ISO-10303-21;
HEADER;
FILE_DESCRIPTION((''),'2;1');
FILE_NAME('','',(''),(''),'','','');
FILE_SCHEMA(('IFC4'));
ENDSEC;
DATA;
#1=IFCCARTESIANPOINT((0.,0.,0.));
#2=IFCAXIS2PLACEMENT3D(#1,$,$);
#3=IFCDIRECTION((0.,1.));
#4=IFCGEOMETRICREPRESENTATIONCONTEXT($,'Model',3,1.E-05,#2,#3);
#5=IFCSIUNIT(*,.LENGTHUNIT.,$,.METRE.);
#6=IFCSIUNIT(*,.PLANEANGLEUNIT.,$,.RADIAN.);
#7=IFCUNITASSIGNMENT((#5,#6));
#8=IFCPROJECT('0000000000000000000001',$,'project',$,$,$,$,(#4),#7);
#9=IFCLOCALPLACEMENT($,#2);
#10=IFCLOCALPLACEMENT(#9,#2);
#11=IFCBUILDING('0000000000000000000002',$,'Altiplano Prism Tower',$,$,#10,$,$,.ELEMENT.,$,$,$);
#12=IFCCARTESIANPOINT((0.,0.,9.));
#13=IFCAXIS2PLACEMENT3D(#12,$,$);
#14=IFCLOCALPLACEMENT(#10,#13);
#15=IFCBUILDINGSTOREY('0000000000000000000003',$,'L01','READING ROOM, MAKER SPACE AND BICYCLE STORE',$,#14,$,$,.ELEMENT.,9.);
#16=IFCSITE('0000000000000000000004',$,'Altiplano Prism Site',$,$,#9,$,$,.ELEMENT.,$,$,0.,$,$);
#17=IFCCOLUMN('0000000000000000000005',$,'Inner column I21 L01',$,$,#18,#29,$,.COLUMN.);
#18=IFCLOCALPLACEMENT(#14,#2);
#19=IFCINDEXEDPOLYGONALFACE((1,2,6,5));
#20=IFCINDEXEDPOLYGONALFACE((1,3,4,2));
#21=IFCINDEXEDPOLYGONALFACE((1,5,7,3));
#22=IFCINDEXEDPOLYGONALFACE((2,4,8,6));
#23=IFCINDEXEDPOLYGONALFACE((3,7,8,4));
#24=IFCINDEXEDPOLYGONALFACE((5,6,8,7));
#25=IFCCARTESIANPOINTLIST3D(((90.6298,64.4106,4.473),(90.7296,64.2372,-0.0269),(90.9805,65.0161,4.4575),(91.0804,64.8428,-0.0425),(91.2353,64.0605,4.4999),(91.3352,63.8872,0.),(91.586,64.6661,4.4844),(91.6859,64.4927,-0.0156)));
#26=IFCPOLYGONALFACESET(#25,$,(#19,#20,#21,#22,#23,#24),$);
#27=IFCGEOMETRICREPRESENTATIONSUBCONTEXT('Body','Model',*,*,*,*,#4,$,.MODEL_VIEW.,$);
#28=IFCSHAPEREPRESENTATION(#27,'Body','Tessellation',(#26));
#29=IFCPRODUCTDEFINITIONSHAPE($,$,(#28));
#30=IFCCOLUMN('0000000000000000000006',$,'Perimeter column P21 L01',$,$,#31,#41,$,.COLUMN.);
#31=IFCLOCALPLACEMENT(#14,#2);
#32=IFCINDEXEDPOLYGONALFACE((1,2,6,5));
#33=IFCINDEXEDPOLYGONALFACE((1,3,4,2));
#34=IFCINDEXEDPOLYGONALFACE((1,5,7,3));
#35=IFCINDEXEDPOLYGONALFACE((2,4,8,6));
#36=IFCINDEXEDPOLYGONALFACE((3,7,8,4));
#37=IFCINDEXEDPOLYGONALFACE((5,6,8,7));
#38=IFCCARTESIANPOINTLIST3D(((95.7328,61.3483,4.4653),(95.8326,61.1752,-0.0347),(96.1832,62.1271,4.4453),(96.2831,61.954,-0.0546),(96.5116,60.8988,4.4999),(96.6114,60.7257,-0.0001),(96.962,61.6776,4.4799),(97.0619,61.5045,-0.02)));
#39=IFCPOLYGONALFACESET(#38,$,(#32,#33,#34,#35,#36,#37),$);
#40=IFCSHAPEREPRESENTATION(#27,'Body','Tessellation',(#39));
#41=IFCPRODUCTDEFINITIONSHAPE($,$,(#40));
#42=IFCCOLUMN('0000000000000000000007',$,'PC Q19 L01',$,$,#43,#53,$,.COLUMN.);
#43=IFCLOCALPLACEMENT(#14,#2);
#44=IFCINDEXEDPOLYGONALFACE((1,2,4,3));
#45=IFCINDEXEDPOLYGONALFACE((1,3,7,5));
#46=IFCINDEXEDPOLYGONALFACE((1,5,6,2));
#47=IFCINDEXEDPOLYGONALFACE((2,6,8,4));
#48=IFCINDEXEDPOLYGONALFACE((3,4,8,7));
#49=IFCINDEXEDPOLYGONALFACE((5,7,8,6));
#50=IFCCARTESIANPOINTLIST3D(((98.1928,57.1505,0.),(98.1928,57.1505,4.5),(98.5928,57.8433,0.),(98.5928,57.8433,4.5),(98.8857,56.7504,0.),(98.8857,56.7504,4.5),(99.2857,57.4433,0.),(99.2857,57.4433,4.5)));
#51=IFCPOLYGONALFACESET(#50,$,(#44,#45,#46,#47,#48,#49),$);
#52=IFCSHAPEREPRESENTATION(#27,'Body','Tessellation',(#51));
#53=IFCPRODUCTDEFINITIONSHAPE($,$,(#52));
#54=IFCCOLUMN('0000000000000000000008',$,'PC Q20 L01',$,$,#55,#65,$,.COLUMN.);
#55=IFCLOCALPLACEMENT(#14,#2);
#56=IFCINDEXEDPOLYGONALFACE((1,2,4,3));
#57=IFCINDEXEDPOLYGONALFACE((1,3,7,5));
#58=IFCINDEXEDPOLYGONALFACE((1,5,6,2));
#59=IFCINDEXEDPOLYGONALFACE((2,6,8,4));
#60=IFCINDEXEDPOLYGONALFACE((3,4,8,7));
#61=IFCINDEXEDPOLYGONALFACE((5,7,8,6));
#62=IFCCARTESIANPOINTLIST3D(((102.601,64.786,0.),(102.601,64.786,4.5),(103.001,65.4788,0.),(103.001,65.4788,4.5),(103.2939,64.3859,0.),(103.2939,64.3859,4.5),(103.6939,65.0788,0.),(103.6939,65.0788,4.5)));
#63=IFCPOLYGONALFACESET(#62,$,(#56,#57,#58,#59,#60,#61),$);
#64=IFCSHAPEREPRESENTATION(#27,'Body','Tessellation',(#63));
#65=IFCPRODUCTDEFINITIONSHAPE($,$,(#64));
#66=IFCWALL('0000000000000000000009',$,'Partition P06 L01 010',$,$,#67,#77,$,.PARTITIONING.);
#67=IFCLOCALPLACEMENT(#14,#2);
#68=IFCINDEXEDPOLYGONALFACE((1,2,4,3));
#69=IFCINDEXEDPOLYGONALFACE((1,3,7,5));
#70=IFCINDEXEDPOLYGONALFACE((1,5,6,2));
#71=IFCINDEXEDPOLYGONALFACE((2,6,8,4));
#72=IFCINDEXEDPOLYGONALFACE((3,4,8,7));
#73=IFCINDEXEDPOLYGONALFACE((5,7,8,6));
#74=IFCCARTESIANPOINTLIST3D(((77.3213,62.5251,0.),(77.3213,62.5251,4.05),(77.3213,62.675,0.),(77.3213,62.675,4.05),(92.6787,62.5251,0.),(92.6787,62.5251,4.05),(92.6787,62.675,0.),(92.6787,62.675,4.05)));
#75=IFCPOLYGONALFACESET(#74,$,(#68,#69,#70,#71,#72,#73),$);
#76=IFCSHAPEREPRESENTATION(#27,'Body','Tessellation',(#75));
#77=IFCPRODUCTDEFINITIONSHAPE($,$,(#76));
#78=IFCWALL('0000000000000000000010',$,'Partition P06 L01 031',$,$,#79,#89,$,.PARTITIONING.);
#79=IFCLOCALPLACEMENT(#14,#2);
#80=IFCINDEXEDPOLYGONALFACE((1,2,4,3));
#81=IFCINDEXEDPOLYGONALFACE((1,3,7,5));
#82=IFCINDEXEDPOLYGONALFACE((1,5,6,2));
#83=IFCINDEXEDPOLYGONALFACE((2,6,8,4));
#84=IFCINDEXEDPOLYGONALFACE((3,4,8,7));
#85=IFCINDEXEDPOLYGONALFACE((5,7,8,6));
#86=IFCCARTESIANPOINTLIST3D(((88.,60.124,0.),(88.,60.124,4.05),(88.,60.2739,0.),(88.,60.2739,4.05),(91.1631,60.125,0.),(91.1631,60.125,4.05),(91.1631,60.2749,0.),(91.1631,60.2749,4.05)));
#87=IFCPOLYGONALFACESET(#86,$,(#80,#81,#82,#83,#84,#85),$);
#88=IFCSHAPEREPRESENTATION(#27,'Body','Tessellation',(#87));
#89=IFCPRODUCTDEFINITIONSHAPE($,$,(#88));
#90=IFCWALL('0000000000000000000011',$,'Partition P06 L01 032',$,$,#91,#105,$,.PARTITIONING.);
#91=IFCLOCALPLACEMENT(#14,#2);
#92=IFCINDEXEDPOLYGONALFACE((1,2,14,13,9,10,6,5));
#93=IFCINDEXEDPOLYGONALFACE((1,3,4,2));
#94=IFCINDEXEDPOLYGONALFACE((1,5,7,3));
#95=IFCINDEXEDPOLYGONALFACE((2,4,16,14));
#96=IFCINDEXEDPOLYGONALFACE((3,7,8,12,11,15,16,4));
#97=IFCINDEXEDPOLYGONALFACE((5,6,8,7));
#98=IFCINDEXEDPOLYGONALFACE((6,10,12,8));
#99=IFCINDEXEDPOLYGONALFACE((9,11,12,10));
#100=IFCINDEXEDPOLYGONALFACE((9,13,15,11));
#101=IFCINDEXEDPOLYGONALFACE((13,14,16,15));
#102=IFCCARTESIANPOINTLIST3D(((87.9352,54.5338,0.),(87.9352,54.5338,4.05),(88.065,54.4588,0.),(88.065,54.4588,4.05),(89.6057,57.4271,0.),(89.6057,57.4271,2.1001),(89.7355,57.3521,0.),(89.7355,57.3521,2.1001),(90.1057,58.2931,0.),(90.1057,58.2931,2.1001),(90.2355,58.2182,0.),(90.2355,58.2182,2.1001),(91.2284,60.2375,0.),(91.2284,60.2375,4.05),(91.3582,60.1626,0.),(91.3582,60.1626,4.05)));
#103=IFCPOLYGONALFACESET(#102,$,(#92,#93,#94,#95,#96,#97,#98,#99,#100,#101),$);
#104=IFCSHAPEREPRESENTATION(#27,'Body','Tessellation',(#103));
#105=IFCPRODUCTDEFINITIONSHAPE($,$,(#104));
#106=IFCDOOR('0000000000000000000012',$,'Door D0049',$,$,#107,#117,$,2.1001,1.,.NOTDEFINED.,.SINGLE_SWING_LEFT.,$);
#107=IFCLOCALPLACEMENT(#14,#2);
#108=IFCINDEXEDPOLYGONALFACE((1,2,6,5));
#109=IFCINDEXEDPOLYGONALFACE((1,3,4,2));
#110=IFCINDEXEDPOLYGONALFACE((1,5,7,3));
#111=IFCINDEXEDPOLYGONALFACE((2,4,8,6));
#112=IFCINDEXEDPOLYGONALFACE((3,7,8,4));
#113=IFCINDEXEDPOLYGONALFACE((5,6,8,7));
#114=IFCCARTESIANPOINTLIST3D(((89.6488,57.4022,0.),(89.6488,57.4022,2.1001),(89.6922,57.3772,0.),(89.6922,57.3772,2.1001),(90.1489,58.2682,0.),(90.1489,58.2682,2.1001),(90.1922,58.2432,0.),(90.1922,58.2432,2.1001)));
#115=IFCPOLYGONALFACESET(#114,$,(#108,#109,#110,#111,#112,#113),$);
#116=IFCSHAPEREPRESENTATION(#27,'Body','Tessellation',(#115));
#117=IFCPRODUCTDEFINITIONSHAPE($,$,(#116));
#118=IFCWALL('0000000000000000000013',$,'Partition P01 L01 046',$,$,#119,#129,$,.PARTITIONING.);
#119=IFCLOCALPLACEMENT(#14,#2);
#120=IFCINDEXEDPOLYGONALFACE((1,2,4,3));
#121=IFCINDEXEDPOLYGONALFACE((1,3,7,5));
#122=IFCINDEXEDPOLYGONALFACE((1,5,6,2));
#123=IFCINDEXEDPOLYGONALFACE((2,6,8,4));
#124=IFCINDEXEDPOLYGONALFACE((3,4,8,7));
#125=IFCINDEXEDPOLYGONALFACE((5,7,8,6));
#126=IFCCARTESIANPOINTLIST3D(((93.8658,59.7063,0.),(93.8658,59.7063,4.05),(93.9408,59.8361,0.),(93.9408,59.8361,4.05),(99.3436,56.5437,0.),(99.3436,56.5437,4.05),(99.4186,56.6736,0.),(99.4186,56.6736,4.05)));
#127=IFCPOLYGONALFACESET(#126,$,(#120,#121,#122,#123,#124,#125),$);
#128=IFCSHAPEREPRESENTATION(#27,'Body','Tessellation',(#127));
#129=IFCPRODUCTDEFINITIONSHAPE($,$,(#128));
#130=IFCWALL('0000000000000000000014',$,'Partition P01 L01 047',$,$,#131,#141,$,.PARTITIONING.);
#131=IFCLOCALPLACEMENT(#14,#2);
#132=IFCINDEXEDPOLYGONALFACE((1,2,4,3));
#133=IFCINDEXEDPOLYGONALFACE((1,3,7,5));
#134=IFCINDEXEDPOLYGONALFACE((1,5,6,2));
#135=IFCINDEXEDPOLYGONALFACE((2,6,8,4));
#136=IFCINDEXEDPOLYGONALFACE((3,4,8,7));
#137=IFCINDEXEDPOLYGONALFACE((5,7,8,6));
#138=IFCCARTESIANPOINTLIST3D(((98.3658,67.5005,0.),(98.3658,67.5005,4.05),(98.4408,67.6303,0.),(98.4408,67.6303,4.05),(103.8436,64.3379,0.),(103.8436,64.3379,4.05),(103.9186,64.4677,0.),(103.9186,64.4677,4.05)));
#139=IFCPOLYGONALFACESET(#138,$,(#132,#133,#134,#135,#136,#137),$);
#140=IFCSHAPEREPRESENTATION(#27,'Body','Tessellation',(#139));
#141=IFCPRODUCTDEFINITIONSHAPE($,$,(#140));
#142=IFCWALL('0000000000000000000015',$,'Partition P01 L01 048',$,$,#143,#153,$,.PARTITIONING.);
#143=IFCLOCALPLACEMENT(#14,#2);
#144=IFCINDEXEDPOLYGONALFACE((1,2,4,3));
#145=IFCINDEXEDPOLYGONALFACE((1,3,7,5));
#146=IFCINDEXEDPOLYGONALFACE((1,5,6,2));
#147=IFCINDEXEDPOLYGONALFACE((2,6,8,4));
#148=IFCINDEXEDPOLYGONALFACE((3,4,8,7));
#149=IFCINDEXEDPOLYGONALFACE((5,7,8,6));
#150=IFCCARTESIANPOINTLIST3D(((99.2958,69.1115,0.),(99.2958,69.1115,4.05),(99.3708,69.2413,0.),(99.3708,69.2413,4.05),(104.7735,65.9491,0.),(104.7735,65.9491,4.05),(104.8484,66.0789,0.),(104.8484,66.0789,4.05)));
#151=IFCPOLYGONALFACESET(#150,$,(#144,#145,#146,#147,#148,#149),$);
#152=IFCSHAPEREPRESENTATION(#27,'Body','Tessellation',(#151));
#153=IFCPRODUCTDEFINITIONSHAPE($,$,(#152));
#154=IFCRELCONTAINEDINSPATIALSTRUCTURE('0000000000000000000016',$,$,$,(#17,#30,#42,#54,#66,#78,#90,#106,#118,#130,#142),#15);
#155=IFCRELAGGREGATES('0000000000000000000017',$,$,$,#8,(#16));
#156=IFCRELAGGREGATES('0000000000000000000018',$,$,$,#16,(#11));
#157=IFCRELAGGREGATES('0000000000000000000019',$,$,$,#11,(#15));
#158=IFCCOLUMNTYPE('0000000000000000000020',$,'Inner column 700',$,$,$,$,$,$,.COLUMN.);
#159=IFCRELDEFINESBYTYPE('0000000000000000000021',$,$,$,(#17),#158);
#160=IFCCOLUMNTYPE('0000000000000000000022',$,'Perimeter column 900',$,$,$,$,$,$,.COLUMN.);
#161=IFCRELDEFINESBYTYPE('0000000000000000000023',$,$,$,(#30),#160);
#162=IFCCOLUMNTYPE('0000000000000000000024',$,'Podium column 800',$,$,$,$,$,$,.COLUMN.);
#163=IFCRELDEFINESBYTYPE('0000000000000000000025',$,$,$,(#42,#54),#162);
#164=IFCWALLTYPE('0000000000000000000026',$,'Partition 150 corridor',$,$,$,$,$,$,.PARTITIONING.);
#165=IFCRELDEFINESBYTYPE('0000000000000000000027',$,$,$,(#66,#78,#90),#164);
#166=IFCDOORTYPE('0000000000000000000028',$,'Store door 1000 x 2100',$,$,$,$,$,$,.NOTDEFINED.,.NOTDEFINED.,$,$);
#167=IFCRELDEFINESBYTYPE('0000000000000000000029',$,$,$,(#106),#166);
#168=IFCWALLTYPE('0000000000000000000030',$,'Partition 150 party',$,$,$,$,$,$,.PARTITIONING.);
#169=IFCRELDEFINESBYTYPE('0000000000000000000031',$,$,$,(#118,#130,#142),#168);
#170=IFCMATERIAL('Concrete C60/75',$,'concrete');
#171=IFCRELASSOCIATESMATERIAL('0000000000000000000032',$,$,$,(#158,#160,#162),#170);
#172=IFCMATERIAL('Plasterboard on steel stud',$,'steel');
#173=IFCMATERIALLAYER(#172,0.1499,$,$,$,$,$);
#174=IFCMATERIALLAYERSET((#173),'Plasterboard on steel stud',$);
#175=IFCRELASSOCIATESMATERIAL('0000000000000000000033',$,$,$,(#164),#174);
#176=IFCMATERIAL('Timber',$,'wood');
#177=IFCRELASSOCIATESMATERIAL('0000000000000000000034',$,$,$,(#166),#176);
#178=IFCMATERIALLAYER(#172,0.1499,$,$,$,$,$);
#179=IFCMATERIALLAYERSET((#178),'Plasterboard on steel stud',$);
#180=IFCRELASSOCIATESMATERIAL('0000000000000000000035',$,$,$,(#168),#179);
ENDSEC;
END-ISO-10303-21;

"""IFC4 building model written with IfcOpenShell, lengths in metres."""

from ifc_helpers import new_model, si_unit, direction, frame, frame_2d, origin, origin_2d, place, context, subcontext, project, spatial, rectangle, extrude, material, layer, layer_set, material_profile, profile_set, type_object, element, fill, save


model = new_model("IFC4")

# Units and contexts
model_context = context("Model", 3, precision=1e-05, world=origin(), true_north=direction((0.0, 1.0)))
body_context = subcontext(model_context, "Body", "Model", "MODEL_VIEW")
ifc_project = project(units=[si_unit("LENGTHUNIT", "METRE"), si_unit("PLANEANGLEUNIT", "RADIAN")], contexts=[model_context])

# Site, building, storey
site_placement = place(None, origin())
site = spatial("IfcSite", under=ifc_project, at=site_placement, Name="Altiplano Prism Site", CompositionType="ELEMENT", RefElevation=0.0)
building_placement = place(site_placement, origin())
building = spatial("IfcBuilding", under=site, at=building_placement, Name="Altiplano Prism Tower", CompositionType="ELEMENT")
storey_placement = place(building_placement, frame((0.0, 0.0, 9.0)))
storey = spatial("IfcBuildingStorey", under=building, at=storey_placement, Name="L01", Description="READING ROOM, MAKER SPACE AND BICYCLE STORE", CompositionType="ELEMENT", Elevation=9.0)

# Columns
ifc_material_1 = material(Name="Concrete C60/75", Category="concrete")
ifc_material_profile_1 = material_profile(ifc_material_1, rectangle(XDim=0.7, YDim=0.7, at=origin_2d()), Name="Inner column 700")
ifc_profile_set_1 = profile_set([ifc_material_profile_1], Name="Concrete C60/75")
column_type_1 = type_object("IfcColumnType", Name="Inner column 700", PredefinedType="COLUMN", material=ifc_profile_set_1)
column_1_placement = place(storey_placement, frame((91.2078, 64.365, -0.0212), z_axis=(-0.022168, 0.038482, 0.999013), x_axis=(-0.501086, -0.865113, 0.022205)))
element("IfcColumn", 1, at=column_1_placement, inside=storey, type_object=column_type_1, Name="Inner column I21 L01", PredefinedType="COLUMN", context=body_context, shape_type="SweptSolid", body=[
    extrude(rectangle(XDim=0.7, YDim=0.7, at=origin_2d()), origin(), (0.0, 0.0, 1.0), 4.5044),
])
ifc_material_profile_2 = material_profile(ifc_material_1, rectangle(XDim=0.8999, YDim=0.8999, at=origin_2d()), Name="Perimeter column 900")
ifc_profile_set_2 = profile_set([ifc_material_profile_2], Name="Concrete C60/75")
column_type_2 = type_object("IfcColumnType", Name="Perimeter column 900", PredefinedType="COLUMN", material=ifc_profile_set_2)
column_2_placement = place(storey_placement, frame((96.4473, 61.3398, -0.0273), z_axis=(-0.022168, 0.038428, 0.999015), x_axis=(-0.500558, -0.865419, 0.022182)))
element("IfcColumn", 2, at=column_2_placement, inside=storey, type_object=column_type_2, Name="Perimeter column P21 L01", PredefinedType="COLUMN", context=body_context, shape_type="SweptSolid", body=[
    extrude(rectangle(XDim=0.8999, YDim=0.8999, at=origin_2d()), origin(), (0.0, 0.0, 1.0), 4.5044),
])
ifc_material_profile_3 = material_profile(ifc_material_1, rectangle(XDim=0.8, YDim=0.8, at=origin_2d()), Name="Podium column 800")
ifc_profile_set_3 = profile_set([ifc_material_profile_3], Name="Concrete C60/75")
column_type_3 = type_object("IfcColumnType", Name="Podium column 800", PredefinedType="COLUMN", material=ifc_profile_set_3)
for number, where, z_axis, x_axis, name in (
    (3, (98.7393, 57.2969, 0.0), (0.0, 0.0, 1.0), (0.5, 0.866025, 0.0), "PC Q19 L01"),
    (4, (103.1475, 64.9324, 0.0), (0.0, 0.0, 1.0), (0.5, 0.866025, 0.0), "PC Q20 L01"),
):
    element("IfcColumn", number, at=place(storey_placement, frame(where, z_axis=z_axis, x_axis=x_axis)), inside=storey, type_object=column_type_3, Name=name, PredefinedType="COLUMN", context=body_context, shape_type="SweptSolid", body=[
        extrude(rectangle(XDim=0.8, YDim=0.8, at=origin_2d()), origin(), (0.0, 0.0, 1.0), 4.5),
    ])

# Walls
ifc_material_2 = material(Name="Plasterboard on steel stud", Category="steel")
ifc_layer_1 = layer(ifc_material_2, 0.1499)
ifc_layer_set_1 = layer_set([ifc_layer_1], Name="Plasterboard on steel stud")
wall_type_1 = type_object("IfcWallType", Name="Partition 150 corridor", PredefinedType="PARTITIONING", material=ifc_layer_set_1)
wall_1_placement = place(storey_placement, frame((92.6787, 62.6001, 0.0), z_axis=(0.0, 0.0, 1.0), x_axis=(-1.0, 0.0, 0.0)))
element("IfcWall", 5, at=wall_1_placement, inside=storey, type_object=wall_type_1, Name="Partition P06 L01 010", PredefinedType="PARTITIONING", context=body_context, shape_type="SweptSolid", body=[
    extrude(rectangle(XDim=15.3574, YDim=0.1499, at=frame_2d((7.6787, 0.0))), origin(), (0.0, 0.0, 1.0), 4.05),
])
wall_2_placement = place(storey_placement, frame((88.0, 60.199, 0.0), z_axis=(0.0, 0.0, 1.0), x_axis=(1.0, 0.000309, 0.0)))
element("IfcWall", 6, at=wall_2_placement, inside=storey, type_object=wall_type_1, Name="Partition P06 L01 031", PredefinedType="PARTITIONING", context=body_context, shape_type="SweptSolid", body=[
    extrude(rectangle(XDim=3.1631, YDim=0.1499, at=frame_2d((1.5815, 0.0))), origin(), (0.0, 0.0, 1.0), 4.05),
])

# Wall, opening, door
wall_3_placement = place(storey_placement, frame((91.2932, 60.2, 0.0), z_axis=(0.0, 0.0, 1.0), x_axis=(-0.50001, -0.86602, 0.0)))
wall_3 = element("IfcWall", 7, at=wall_3_placement, inside=storey, type_object=wall_type_1, Name="Partition P06 L01 032", PredefinedType="PARTITIONING", context=body_context, shape_type="SweptSolid", body=[
    extrude(rectangle(XDim=6.5862, YDim=0.1499, at=frame_2d((3.293, 0.0))), origin(), (0.0, 0.0, 1.0), 4.05),
])
opening_placement = place(wall_3_placement, frame((2.2451, 0.0, 0.0)))
opening = element("IfcOpeningElement", 8, at=opening_placement, cuts=wall_3, PredefinedType="OPENING", context=body_context, shape_type="SweptSolid", body=[
    extrude(rectangle(XDim=1.0, YDim=2.1001, at=frame_2d((0.5, 1.05))), frame((0.0, 0.0854, 0.0), z_axis=(0.0, -1.0, 0.0), x_axis=(1.0, 0.0, 0.0)), (0.0, 0.0, 1.0), 0.1709),
])
ifc_material_3 = material(Name="Timber", Category="wood")
door_type = type_object("IfcDoorType", Name="Store door 1000 x 2100", OperationType="NOTDEFINED", PredefinedType="NOTDEFINED", material=ifc_material_3)
door_placement = place(opening_placement, origin())
door = element("IfcDoor", 9, at=door_placement, inside=storey, type_object=door_type, Name="Door D0049", OperationType="SINGLE_SWING_LEFT", OverallHeight=2.1001, OverallWidth=1.0, PredefinedType="NOTDEFINED", context=body_context, shape_type="SweptSolid", body=[
    extrude(rectangle(XDim=1.0, YDim=2.1001, at=frame_2d((0.5, 1.05))), frame((0.0, 0.0249, 0.0), z_axis=(0.0, -1.0, 0.0), x_axis=(1.0, 0.0, 0.0)), (0.0, 0.0, 1.0), 0.05),
])
fill(opening, door)

# Walls
ifc_layer_2 = layer(ifc_material_2, 0.1499)
ifc_layer_set_2 = layer_set([ifc_layer_2], Name="Plasterboard on steel stud")
wall_type_2 = type_object("IfcWallType", Name="Partition 150 party", PredefinedType="PARTITIONING", material=ifc_layer_set_2)
for number, where, z_axis, x_axis, name in (
    (10, (99.3811, 56.6086, 0.0), (0.0, 0.0, 1.0), (-0.866026, 0.5, 0.0), "Partition P01 L01 046"),
    (11, (103.8811, 64.4028, 0.0), (0.0, 0.0, 1.0), (-0.866026, 0.5, 0.0), "Partition P01 L01 047"),
):
    element("IfcWall", number, at=place(storey_placement, frame(where, z_axis=z_axis, x_axis=x_axis)), inside=storey, type_object=wall_type_2, Name=name, PredefinedType="PARTITIONING", context=body_context, shape_type="SweptSolid", body=[
        extrude(rectangle(XDim=6.3252, YDim=0.1499, at=frame_2d((3.1626, 0.0))), origin(), (0.0, 0.0, 1.0), 4.05),
    ])
wall_4_placement = place(storey_placement, frame((104.811, 66.0139, 0.0), z_axis=(0.0, 0.0, 1.0), x_axis=(-0.866033, 0.499988, 0.0)))
element("IfcWall", 12, at=wall_4_placement, inside=storey, type_object=wall_type_2, Name="Partition P01 L01 048", PredefinedType="PARTITIONING", context=body_context, shape_type="SweptSolid", body=[
    extrude(rectangle(XDim=6.325, YDim=0.1499, at=frame_2d((3.1626, 0.0))), origin(), (0.0, 0.0, 1.0), 4.05),
])

save(model, "model.ifc")
